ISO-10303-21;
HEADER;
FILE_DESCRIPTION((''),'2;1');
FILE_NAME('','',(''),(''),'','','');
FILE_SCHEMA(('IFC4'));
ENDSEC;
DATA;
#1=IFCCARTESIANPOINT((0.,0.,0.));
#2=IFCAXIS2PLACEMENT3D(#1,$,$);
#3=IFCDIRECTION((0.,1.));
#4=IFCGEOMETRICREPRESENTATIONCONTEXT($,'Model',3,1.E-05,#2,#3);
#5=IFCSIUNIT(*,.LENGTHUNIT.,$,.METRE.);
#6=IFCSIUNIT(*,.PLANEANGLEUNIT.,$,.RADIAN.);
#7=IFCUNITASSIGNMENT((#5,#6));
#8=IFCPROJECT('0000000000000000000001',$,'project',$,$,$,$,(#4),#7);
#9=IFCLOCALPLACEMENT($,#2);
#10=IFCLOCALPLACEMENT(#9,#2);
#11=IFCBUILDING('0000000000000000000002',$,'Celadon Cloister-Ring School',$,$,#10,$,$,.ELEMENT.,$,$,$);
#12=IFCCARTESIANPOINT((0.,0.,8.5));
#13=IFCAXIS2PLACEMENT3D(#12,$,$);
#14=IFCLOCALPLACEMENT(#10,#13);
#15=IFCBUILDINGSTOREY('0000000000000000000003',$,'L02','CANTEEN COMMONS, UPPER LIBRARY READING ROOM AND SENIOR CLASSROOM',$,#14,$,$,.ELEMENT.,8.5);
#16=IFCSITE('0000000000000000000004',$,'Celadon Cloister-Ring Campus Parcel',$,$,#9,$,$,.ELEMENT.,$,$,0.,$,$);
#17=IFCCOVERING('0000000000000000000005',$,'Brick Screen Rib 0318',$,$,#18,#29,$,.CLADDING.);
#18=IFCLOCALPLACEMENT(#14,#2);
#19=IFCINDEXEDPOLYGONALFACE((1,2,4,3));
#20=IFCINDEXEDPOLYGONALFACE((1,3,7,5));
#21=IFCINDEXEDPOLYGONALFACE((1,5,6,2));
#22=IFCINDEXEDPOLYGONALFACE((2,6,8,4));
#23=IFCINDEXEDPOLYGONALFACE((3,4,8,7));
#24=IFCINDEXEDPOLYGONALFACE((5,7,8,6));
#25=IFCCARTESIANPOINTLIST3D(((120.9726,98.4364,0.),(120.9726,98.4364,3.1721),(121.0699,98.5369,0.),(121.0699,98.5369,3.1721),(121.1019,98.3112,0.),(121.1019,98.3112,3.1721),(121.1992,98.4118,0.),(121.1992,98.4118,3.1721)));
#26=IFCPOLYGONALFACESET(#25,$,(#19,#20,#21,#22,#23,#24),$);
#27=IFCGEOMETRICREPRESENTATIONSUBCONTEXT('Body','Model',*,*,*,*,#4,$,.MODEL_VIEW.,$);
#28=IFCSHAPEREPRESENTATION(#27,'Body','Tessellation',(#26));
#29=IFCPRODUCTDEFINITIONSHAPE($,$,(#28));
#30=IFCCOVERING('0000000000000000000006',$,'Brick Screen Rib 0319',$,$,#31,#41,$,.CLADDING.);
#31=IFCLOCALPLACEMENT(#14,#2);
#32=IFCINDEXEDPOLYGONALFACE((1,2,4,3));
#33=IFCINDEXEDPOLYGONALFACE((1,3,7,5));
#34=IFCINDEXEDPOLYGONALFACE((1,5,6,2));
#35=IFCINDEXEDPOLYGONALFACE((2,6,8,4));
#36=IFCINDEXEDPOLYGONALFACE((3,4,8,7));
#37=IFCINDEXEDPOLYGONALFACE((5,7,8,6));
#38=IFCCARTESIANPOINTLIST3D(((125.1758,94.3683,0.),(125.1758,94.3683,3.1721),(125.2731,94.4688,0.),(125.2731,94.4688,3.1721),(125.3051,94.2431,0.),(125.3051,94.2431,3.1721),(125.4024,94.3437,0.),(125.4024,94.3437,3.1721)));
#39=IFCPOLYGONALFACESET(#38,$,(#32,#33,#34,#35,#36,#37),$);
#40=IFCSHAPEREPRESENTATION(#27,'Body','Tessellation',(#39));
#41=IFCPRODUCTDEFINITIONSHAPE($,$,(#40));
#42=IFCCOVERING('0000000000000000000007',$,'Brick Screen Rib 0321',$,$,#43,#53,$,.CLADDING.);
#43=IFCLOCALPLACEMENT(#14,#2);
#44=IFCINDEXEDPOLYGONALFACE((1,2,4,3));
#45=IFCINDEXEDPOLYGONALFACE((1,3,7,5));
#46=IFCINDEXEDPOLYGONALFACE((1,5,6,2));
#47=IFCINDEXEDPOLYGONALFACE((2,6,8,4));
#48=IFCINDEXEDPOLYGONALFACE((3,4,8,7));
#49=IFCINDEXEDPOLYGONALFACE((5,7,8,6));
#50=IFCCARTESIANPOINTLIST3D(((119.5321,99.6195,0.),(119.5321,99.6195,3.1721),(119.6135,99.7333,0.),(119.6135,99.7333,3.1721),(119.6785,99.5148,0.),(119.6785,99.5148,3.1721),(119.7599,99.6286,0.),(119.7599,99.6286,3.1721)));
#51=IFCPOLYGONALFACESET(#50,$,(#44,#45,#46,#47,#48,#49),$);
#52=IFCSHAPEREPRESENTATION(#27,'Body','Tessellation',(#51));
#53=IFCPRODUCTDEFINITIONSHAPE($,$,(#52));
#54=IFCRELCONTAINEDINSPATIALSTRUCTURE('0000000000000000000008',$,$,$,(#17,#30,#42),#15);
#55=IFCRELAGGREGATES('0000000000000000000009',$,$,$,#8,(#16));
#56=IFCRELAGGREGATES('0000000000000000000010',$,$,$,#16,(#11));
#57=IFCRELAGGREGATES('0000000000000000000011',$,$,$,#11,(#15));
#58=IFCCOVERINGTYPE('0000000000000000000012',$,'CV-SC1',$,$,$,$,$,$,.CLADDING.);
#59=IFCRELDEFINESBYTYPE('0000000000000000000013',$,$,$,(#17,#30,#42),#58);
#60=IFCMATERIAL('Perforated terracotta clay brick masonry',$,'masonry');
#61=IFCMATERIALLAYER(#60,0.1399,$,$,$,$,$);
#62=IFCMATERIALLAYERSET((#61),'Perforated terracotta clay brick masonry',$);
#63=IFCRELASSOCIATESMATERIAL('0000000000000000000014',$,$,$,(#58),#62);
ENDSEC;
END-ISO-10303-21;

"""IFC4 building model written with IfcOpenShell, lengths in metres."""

from ifc_helpers import new_model, si_unit, direction, frame, origin, origin_2d, place, context, subcontext, project, spatial, rectangle, extrude, material, layer, layer_set, type_object, element, save


model = new_model("IFC4")

# Units and contexts
model_context = context("Model", 3, precision=1e-05, world=origin(), true_north=direction((0.0, 1.0)))
body_context = subcontext(model_context, "Body", "Model", "MODEL_VIEW")
ifc_project = project(units=[si_unit("LENGTHUNIT", "METRE"), si_unit("PLANEANGLEUNIT", "RADIAN")], contexts=[model_context])

# Site, building, storey
site_placement = place(None, origin())
site = spatial("IfcSite", under=ifc_project, at=site_placement, Name="Celadon Cloister-Ring Campus Parcel", CompositionType="ELEMENT", RefElevation=0.0)
building_placement = place(site_placement, origin())
building = spatial("IfcBuilding", under=site, at=building_placement, Name="Celadon Cloister-Ring School", CompositionType="ELEMENT")
storey_placement = place(building_placement, frame((0.0, 0.0, 8.5)))
storey = spatial("IfcBuildingStorey", under=building, at=storey_placement, Name="L02", Description="CANTEEN COMMONS, UPPER LIBRARY READING ROOM AND SENIOR CLASSROOM", CompositionType="ELEMENT", Elevation=8.5)

# Coverings
ifc_material_1 = material(Name="Perforated terracotta clay brick masonry", Category="masonry")
ifc_layer_1 = layer(ifc_material_1, 0.1399)
ifc_layer_set_1 = layer_set([ifc_layer_1], Name="Perforated terracotta clay brick masonry")
covering_type = type_object("IfcCoveringType", Name="CV-SC1", PredefinedType="CLADDING", material=ifc_layer_set_1)
for number, where, z_axis, x_axis, name in (
    (1, (121.0859, 98.4241, 0.0), (0.0, 0.0, 1.0), (0.718588, -0.695436, 0.0), "Brick Screen Rib 0318"),
    (2, (125.2891, 94.356, 0.0), (0.0, 0.0, 1.0), (0.718588, -0.695436, 0.0), "Brick Screen Rib 0319"),
    (3, (119.646, 99.624, 0.0), (0.0, 0.0, 1.0), (0.813416, -0.581683, 0.0), "Brick Screen Rib 0321"),
):
    element("IfcCovering", number, at=place(storey_placement, frame(where, z_axis=z_axis, x_axis=x_axis)), inside=storey, type_object=covering_type, Name=name, PredefinedType="CLADDING", context=body_context, shape_type="SweptSolid", body=[
        extrude(rectangle(XDim=0.1799, YDim=0.1399, at=origin_2d()), origin(), (0.0, 0.0, 1.0), 3.1721),
    ])

save(model, "model.ifc")
